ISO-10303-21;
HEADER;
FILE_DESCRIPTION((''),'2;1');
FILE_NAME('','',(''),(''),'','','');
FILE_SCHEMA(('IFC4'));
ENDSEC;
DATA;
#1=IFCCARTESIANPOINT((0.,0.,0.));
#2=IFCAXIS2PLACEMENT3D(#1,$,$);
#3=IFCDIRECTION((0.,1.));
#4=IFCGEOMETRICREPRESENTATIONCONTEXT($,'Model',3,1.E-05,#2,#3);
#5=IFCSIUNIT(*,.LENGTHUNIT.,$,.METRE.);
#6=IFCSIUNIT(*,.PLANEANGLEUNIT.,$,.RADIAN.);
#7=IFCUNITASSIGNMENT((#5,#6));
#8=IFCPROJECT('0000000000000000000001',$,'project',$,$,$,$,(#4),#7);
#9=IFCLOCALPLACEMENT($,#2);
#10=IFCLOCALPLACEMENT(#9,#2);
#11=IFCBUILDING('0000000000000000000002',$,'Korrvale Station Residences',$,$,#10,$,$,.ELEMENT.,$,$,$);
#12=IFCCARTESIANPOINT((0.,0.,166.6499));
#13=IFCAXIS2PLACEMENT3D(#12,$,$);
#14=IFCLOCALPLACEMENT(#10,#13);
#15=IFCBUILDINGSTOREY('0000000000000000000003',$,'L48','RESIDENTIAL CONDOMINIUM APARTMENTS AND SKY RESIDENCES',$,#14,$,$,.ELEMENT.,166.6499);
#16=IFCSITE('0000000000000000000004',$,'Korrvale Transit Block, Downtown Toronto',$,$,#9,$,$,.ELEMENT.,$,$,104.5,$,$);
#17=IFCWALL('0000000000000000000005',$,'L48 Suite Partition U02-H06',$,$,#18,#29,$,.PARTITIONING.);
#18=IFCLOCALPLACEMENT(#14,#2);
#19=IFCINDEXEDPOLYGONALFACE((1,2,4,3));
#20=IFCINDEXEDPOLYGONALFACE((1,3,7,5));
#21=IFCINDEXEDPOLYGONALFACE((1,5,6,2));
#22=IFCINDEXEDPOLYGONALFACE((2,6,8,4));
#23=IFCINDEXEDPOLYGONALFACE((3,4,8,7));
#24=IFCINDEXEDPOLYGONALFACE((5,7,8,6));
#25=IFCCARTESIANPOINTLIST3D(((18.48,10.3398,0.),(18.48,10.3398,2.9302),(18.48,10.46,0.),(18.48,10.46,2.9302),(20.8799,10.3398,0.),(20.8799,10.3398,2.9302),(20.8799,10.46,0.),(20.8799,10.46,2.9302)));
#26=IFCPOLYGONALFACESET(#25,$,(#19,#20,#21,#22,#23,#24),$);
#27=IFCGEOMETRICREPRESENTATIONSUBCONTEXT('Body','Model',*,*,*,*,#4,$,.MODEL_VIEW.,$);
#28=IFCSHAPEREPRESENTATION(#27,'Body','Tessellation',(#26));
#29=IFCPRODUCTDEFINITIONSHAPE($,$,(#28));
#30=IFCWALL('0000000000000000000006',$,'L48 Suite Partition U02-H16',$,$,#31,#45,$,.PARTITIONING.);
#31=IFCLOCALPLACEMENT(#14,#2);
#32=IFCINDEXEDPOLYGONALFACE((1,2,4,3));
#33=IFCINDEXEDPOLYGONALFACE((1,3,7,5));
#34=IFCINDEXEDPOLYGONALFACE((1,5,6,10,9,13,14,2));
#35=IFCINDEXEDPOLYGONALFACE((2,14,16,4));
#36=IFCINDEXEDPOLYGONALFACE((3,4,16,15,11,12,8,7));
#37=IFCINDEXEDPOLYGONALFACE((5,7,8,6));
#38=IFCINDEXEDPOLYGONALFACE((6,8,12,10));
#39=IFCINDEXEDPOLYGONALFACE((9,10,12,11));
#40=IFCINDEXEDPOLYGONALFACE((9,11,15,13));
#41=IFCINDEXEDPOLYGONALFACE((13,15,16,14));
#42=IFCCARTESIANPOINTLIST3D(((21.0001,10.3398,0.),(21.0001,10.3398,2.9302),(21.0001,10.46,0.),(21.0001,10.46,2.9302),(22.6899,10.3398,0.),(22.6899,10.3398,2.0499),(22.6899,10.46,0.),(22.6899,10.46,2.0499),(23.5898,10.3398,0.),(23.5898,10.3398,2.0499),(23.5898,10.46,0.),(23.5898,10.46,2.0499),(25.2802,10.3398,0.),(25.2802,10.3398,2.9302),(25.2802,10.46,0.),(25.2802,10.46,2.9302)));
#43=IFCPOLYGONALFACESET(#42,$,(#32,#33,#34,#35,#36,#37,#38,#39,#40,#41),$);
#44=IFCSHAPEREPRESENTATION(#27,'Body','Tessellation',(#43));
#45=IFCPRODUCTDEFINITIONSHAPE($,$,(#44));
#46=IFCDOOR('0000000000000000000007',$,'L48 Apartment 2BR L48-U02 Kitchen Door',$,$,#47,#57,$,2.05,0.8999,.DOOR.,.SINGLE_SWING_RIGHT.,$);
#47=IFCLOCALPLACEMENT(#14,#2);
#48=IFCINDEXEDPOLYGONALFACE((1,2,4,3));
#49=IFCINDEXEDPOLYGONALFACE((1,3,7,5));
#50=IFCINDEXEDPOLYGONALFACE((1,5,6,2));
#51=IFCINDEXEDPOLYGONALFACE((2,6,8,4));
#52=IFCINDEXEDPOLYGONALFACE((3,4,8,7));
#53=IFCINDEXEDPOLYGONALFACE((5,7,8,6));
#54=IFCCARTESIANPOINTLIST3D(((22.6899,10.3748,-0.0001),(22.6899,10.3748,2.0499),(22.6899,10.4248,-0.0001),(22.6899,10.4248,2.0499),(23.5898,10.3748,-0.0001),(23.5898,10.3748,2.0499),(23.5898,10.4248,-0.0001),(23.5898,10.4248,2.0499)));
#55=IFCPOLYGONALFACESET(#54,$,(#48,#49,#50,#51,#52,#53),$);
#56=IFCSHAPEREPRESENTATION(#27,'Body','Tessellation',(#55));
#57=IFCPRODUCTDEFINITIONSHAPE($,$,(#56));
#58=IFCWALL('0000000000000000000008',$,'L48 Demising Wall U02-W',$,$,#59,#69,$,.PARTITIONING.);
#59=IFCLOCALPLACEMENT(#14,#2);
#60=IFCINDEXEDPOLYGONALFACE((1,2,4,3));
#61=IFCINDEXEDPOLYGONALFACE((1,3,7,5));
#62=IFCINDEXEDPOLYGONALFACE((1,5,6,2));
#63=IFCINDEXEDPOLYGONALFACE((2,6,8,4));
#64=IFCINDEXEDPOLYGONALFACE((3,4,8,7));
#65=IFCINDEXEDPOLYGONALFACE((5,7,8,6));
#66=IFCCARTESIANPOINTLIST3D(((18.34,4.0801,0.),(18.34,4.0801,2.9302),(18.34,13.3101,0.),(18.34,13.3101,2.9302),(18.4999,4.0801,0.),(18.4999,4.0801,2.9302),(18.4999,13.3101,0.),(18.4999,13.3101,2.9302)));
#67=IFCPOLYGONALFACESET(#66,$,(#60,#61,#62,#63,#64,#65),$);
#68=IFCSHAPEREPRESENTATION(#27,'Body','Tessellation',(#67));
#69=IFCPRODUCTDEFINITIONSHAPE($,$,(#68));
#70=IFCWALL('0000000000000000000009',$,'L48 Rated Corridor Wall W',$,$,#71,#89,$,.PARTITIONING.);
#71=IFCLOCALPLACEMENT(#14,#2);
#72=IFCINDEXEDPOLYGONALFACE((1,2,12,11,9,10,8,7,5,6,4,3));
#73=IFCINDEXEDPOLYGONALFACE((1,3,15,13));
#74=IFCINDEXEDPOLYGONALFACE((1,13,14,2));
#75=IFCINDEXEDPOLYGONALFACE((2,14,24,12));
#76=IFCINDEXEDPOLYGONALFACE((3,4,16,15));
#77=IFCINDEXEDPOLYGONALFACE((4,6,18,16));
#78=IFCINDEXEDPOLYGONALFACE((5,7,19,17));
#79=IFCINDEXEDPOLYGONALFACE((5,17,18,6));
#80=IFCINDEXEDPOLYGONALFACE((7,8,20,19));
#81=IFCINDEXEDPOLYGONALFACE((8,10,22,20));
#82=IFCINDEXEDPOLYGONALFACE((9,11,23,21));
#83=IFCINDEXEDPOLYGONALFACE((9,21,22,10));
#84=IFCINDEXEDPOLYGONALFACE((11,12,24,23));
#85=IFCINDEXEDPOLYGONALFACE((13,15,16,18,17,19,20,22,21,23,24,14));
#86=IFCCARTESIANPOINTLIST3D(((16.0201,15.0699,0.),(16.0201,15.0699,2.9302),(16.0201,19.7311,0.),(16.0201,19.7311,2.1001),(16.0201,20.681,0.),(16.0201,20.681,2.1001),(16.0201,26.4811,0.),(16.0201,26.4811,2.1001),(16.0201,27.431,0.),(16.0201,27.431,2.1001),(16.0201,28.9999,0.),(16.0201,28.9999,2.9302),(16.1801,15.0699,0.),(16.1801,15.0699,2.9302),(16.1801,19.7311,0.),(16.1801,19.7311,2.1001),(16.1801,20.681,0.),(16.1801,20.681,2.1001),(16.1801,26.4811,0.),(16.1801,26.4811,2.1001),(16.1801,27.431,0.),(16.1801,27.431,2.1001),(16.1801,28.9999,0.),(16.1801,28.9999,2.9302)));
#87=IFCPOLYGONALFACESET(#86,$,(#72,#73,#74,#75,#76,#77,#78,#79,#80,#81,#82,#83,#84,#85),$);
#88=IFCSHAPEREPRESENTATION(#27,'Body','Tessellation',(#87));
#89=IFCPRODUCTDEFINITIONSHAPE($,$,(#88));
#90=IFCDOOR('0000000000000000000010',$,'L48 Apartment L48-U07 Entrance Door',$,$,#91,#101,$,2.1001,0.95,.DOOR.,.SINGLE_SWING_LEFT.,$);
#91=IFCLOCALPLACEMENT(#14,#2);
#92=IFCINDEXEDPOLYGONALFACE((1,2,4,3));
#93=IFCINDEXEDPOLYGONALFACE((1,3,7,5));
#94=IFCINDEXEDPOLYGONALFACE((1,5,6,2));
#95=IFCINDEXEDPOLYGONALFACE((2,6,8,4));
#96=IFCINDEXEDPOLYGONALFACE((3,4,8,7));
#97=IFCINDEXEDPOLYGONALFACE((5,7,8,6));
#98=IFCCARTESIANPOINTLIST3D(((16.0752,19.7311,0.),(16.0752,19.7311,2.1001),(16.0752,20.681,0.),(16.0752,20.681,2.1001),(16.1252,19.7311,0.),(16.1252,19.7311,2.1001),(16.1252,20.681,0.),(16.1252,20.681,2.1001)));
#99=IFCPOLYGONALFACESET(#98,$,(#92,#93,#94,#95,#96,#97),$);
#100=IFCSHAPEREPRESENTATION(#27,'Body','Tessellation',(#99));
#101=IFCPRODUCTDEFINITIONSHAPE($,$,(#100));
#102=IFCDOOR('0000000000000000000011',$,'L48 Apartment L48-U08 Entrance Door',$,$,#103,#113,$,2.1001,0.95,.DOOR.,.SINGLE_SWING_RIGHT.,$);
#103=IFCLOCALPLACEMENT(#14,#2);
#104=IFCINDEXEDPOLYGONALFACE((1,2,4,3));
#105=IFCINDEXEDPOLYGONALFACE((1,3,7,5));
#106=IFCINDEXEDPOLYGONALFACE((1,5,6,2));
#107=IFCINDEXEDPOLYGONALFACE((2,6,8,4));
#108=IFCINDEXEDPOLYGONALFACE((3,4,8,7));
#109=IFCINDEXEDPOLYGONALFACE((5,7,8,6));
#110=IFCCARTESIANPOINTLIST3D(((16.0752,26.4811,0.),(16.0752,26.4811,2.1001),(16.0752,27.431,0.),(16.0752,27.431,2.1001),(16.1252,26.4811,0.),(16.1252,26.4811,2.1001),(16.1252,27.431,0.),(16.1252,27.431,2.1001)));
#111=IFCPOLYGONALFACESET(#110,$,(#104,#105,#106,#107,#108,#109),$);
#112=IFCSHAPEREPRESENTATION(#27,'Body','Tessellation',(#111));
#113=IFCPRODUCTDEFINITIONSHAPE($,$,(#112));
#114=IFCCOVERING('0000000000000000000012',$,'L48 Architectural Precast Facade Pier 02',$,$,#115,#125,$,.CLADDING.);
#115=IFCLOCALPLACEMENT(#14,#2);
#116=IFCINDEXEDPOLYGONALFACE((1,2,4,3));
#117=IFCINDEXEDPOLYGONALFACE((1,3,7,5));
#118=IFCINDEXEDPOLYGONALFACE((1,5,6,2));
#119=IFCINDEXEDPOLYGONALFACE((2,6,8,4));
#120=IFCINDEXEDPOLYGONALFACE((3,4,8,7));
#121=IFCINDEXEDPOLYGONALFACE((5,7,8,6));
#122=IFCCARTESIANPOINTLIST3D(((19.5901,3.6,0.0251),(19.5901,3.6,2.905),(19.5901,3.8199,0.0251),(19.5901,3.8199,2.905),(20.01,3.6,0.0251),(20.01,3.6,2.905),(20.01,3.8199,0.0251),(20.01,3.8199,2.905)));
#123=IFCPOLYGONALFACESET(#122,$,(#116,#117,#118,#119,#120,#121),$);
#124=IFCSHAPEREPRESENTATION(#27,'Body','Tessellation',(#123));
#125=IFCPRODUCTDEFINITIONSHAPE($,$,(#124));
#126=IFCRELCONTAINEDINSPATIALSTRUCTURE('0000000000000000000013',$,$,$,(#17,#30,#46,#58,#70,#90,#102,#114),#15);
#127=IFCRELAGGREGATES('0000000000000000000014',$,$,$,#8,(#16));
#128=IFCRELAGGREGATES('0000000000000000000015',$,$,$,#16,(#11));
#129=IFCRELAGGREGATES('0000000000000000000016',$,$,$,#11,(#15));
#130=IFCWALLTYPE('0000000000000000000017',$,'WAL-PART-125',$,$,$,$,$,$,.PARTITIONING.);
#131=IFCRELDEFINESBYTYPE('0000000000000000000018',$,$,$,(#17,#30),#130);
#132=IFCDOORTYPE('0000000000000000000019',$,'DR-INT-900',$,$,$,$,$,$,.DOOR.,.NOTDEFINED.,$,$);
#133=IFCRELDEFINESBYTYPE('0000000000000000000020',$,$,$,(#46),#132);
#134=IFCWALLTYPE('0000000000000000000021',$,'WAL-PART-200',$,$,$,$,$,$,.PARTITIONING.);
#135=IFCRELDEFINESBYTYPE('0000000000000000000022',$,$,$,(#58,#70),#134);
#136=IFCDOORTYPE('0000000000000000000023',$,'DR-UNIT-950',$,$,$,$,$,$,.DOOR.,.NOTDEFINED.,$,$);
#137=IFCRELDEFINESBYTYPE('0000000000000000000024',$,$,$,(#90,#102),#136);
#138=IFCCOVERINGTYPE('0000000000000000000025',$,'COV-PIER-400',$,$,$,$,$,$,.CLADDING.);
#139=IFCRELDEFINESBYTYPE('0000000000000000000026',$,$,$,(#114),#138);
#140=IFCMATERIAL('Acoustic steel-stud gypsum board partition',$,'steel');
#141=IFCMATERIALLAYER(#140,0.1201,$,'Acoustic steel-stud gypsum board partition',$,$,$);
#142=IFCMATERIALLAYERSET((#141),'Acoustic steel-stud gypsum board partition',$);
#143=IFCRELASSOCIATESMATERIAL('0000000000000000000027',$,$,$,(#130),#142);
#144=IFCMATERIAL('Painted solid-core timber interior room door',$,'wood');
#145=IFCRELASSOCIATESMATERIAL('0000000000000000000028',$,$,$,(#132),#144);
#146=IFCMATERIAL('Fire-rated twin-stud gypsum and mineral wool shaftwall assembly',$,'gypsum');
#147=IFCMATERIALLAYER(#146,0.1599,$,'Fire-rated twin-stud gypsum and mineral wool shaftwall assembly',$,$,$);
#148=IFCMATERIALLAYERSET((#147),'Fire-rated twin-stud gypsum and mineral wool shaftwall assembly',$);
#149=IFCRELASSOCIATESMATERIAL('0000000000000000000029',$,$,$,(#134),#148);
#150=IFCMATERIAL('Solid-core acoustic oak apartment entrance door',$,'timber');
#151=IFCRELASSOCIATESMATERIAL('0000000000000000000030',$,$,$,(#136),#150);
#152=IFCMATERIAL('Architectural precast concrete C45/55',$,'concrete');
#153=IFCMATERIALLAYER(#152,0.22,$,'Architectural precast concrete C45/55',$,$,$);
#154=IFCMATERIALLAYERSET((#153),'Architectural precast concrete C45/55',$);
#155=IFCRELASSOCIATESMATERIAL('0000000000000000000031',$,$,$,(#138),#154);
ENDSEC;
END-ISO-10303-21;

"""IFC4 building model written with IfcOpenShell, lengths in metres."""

from ifc_helpers import new_model, si_unit, direction, frame, frame_2d, origin, origin_2d, place, context, subcontext, project, spatial, rectangle, extrude, material, layer, layer_set, type_object, element, fill, save


model = new_model("IFC4")

# Units and contexts
model_context = context("Model", 3, precision=1e-05, world=origin(), true_north=direction((0.0, 1.0)))
body_context = subcontext(model_context, "Body", "Model", "MODEL_VIEW")
ifc_project = project(units=[si_unit("LENGTHUNIT", "METRE"), si_unit("PLANEANGLEUNIT", "RADIAN")], contexts=[model_context])

# Site, building, storey
site_placement = place(None, origin())
site = spatial("IfcSite", under=ifc_project, at=site_placement, Name="Korrvale Transit Block, Downtown Toronto", CompositionType="ELEMENT", RefElevation=104.5)
building_placement = place(site_placement, origin())
building = spatial("IfcBuilding", under=site, at=building_placement, Name="Korrvale Station Residences", CompositionType="ELEMENT")
storey_placement = place(building_placement, frame((0.0, 0.0, 166.6499)))
storey = spatial("IfcBuildingStorey", under=building, at=storey_placement, Name="L48", Description="RESIDENTIAL CONDOMINIUM APARTMENTS AND SKY RESIDENCES", CompositionType="ELEMENT", Elevation=166.6499)

# Shared definitions
ifc_material_1 = material(Name="Acoustic steel-stud gypsum board partition", Category="steel")
ifc_layer_1 = layer(ifc_material_1, 0.1201, Name="Acoustic steel-stud gypsum board partition")
ifc_layer_set_1 = layer_set([ifc_layer_1], Name="Acoustic steel-stud gypsum board partition")
wall_type_1 = type_object("IfcWallType", Name="WAL-PART-125", PredefinedType="PARTITIONING", material=ifc_layer_set_1)
ifc_material_2 = material(Name="Painted solid-core timber interior room door", Category="wood")
door_type_1 = type_object("IfcDoorType", Name="DR-INT-900", OperationType="NOTDEFINED", PredefinedType="DOOR", material=ifc_material_2)

# Wall
wall_1_placement = place(storey_placement, frame((18.48, 10.3999, 0.0), z_axis=(0.0, 0.0, 1.0), x_axis=(1.0, 0.0, 0.0)))
element("IfcWall", 1, at=wall_1_placement, inside=storey, type_object=wall_type_1, Name="L48 Suite Partition U02-H06", PredefinedType="PARTITIONING", context=body_context, shape_type="SweptSolid", body=[
    extrude(rectangle(XDim=2.3999, YDim=0.1201, at=frame_2d((1.2, 0.0))), origin(), (0.0, 0.0, 1.0), 2.9302),
])

# Wall, opening, door
wall_2_placement = place(storey_placement, frame((21.0, 10.3999, 0.0), z_axis=(0.0, 0.0, 1.0), x_axis=(1.0, 0.0, 0.0)))
wall_2 = element("IfcWall", 2, at=wall_2_placement, inside=storey, type_object=wall_type_1, Name="L48 Suite Partition U02-H16", PredefinedType="PARTITIONING", context=body_context, shape_type="SweptSolid", body=[
    extrude(rectangle(XDim=4.28, YDim=0.1201, at=frame_2d((2.1401, 0.0))), origin(), (0.0, 0.0, 1.0), 2.9302),
])
opening_1_placement = place(wall_2_placement, frame((1.6899, 0.0, 0.0)))
opening_1 = element("IfcOpeningElement", 3, at=opening_1_placement, cuts=wall_2, PredefinedType="OPENING", context=body_context, shape_type="SweptSolid", body=[
    extrude(rectangle(XDim=0.8999, YDim=2.05, at=frame_2d((0.45, 1.0249))), frame((0.0, 0.0701, 0.0), z_axis=(0.0, -1.0, 0.0), x_axis=(1.0, 0.0, 0.0)), (0.0, 0.0, 1.0), 0.1401),
])
door_1_placement = place(opening_1_placement, origin())
door_1 = element("IfcDoor", 4, at=door_1_placement, inside=storey, type_object=door_type_1, Name="L48 Apartment 2BR L48-U02 Kitchen Door", OperationType="SINGLE_SWING_RIGHT", OverallHeight=2.05, OverallWidth=0.8999, PredefinedType="DOOR", context=body_context, shape_type="SweptSolid", body=[
    extrude(rectangle(XDim=0.8999, YDim=2.05, at=frame_2d((0.45, 1.0249))), frame((0.0, 0.0249, 0.0), z_axis=(0.0, -1.0, 0.0), x_axis=(1.0, 0.0, 0.0)), (0.0, 0.0, 1.0), 0.05),
])
fill(opening_1, door_1)

# Wall
ifc_material_3 = material(Name="Fire-rated twin-stud gypsum and mineral wool shaftwall assembly", Category="gypsum")
ifc_layer_2 = layer(ifc_material_3, 0.1599, Name="Fire-rated twin-stud gypsum and mineral wool shaftwall assembly")
ifc_layer_set_2 = layer_set([ifc_layer_2], Name="Fire-rated twin-stud gypsum and mineral wool shaftwall assembly")
wall_type_2 = type_object("IfcWallType", Name="WAL-PART-200", PredefinedType="PARTITIONING", material=ifc_layer_set_2)
wall_3_placement = place(storey_placement, frame((18.4199, 4.0801, 0.0), z_axis=(0.0, 0.0, 1.0), x_axis=(0.0, 1.0, 0.0)))
element("IfcWall", 5, at=wall_3_placement, inside=storey, type_object=wall_type_2, Name="L48 Demising Wall U02-W", PredefinedType="PARTITIONING", context=body_context, shape_type="SweptSolid", body=[
    extrude(rectangle(XDim=9.23, YDim=0.1599, at=frame_2d((4.615, 0.0))), origin(), (0.0, 0.0, 1.0), 2.9302),
])

# Wall, openings, doors
wall_4_placement = place(storey_placement, frame((16.1001, 15.0701, 0.0), z_axis=(0.0, 0.0, 1.0), x_axis=(0.0, 1.0, 0.0)))
wall_4 = element("IfcWall", 6, at=wall_4_placement, inside=storey, type_object=wall_type_2, Name="L48 Rated Corridor Wall W", PredefinedType="PARTITIONING", context=body_context, shape_type="SweptSolid", body=[
    extrude(rectangle(XDim=13.9299, YDim=0.1599, at=frame_2d((6.9648, 0.0))), origin(), (0.0, 0.0, 1.0), 2.9302),
])
opening_2_placement = place(wall_4_placement, frame((4.6609, 0.0, 0.0)))
opening_2 = element("IfcOpeningElement", 7, at=opening_2_placement, cuts=wall_4, PredefinedType="OPENING", context=body_context, shape_type="SweptSolid", body=[
    extrude(rectangle(XDim=0.95, YDim=2.1001, at=frame_2d((0.4751, 1.05))), frame((0.0, 0.0898, 0.0), z_axis=(0.0, -1.0, 0.0), x_axis=(1.0, 0.0, 0.0)), (0.0, 0.0, 1.0), 0.1799),
])
opening_3_placement = place(wall_4_placement, frame((11.4109, 0.0, 0.0)))
opening_3 = element("IfcOpeningElement", 8, at=opening_3_placement, cuts=wall_4, PredefinedType="OPENING", context=body_context, shape_type="SweptSolid", body=[
    extrude(rectangle(XDim=0.95, YDim=2.1001, at=frame_2d((0.4751, 1.05))), frame((0.0, 0.0898, 0.0), z_axis=(0.0, -1.0, 0.0), x_axis=(1.0, 0.0, 0.0)), (0.0, 0.0, 1.0), 0.1799),
])
ifc_material_4 = material(Name="Solid-core acoustic oak apartment entrance door", Category="timber")
door_type_2 = type_object("IfcDoorType", Name="DR-UNIT-950", OperationType="NOTDEFINED", PredefinedType="DOOR", material=ifc_material_4)
door_2_placement = place(opening_2_placement, origin())
door_2 = element("IfcDoor", 9, at=door_2_placement, inside=storey, type_object=door_type_2, Name="L48 Apartment L48-U07 Entrance Door", OperationType="SINGLE_SWING_LEFT", OverallHeight=2.1001, OverallWidth=0.95, PredefinedType="DOOR", context=body_context, shape_type="SweptSolid", body=[
    extrude(rectangle(XDim=0.95, YDim=2.1001, at=frame_2d((0.4751, 1.05))), frame((0.0, 0.0249, 0.0), z_axis=(0.0, -1.0, 0.0), x_axis=(1.0, 0.0, 0.0)), (0.0, 0.0, 1.0), 0.05),
])
fill(opening_2, door_2)
door_3_placement = place(opening_3_placement, origin())
door_3 = element("IfcDoor", 10, at=door_3_placement, inside=storey, type_object=door_type_2, Name="L48 Apartment L48-U08 Entrance Door", OperationType="SINGLE_SWING_RIGHT", OverallHeight=2.1001, OverallWidth=0.95, PredefinedType="DOOR", context=body_context, shape_type="SweptSolid", body=[
    extrude(rectangle(XDim=0.95, YDim=2.1001, at=frame_2d((0.4751, 1.05))), frame((0.0, 0.0249, 0.0), z_axis=(0.0, -1.0, 0.0), x_axis=(1.0, 0.0, 0.0)), (0.0, 0.0, 1.0), 0.05),
])
fill(opening_3, door_3)

# Covering
ifc_material_5 = material(Name="Architectural precast concrete C45/55", Category="concrete")
ifc_layer_3 = layer(ifc_material_5, 0.22, Name="Architectural precast concrete C45/55")
ifc_layer_set_3 = layer_set([ifc_layer_3], Name="Architectural precast concrete C45/55")
covering_type = type_object("IfcCoveringType", Name="COV-PIER-400", PredefinedType="CLADDING", material=ifc_layer_set_3)
covering_placement = place(storey_placement, frame((19.8, 3.71, 0.0251), z_axis=(0.0, 0.0, 1.0), x_axis=(1.0, 0.0, 0.0)))
element("IfcCovering", 11, at=covering_placement, inside=storey, type_object=covering_type, Name="L48 Architectural Precast Facade Pier 02", PredefinedType="CLADDING", context=body_context, shape_type="SweptSolid", body=[
    extrude(rectangle(XDim=0.4199, YDim=0.22, at=origin_2d()), origin(), (0.0, 0.0, 1.0), 2.8799),
])

save(model, "model.ifc")
